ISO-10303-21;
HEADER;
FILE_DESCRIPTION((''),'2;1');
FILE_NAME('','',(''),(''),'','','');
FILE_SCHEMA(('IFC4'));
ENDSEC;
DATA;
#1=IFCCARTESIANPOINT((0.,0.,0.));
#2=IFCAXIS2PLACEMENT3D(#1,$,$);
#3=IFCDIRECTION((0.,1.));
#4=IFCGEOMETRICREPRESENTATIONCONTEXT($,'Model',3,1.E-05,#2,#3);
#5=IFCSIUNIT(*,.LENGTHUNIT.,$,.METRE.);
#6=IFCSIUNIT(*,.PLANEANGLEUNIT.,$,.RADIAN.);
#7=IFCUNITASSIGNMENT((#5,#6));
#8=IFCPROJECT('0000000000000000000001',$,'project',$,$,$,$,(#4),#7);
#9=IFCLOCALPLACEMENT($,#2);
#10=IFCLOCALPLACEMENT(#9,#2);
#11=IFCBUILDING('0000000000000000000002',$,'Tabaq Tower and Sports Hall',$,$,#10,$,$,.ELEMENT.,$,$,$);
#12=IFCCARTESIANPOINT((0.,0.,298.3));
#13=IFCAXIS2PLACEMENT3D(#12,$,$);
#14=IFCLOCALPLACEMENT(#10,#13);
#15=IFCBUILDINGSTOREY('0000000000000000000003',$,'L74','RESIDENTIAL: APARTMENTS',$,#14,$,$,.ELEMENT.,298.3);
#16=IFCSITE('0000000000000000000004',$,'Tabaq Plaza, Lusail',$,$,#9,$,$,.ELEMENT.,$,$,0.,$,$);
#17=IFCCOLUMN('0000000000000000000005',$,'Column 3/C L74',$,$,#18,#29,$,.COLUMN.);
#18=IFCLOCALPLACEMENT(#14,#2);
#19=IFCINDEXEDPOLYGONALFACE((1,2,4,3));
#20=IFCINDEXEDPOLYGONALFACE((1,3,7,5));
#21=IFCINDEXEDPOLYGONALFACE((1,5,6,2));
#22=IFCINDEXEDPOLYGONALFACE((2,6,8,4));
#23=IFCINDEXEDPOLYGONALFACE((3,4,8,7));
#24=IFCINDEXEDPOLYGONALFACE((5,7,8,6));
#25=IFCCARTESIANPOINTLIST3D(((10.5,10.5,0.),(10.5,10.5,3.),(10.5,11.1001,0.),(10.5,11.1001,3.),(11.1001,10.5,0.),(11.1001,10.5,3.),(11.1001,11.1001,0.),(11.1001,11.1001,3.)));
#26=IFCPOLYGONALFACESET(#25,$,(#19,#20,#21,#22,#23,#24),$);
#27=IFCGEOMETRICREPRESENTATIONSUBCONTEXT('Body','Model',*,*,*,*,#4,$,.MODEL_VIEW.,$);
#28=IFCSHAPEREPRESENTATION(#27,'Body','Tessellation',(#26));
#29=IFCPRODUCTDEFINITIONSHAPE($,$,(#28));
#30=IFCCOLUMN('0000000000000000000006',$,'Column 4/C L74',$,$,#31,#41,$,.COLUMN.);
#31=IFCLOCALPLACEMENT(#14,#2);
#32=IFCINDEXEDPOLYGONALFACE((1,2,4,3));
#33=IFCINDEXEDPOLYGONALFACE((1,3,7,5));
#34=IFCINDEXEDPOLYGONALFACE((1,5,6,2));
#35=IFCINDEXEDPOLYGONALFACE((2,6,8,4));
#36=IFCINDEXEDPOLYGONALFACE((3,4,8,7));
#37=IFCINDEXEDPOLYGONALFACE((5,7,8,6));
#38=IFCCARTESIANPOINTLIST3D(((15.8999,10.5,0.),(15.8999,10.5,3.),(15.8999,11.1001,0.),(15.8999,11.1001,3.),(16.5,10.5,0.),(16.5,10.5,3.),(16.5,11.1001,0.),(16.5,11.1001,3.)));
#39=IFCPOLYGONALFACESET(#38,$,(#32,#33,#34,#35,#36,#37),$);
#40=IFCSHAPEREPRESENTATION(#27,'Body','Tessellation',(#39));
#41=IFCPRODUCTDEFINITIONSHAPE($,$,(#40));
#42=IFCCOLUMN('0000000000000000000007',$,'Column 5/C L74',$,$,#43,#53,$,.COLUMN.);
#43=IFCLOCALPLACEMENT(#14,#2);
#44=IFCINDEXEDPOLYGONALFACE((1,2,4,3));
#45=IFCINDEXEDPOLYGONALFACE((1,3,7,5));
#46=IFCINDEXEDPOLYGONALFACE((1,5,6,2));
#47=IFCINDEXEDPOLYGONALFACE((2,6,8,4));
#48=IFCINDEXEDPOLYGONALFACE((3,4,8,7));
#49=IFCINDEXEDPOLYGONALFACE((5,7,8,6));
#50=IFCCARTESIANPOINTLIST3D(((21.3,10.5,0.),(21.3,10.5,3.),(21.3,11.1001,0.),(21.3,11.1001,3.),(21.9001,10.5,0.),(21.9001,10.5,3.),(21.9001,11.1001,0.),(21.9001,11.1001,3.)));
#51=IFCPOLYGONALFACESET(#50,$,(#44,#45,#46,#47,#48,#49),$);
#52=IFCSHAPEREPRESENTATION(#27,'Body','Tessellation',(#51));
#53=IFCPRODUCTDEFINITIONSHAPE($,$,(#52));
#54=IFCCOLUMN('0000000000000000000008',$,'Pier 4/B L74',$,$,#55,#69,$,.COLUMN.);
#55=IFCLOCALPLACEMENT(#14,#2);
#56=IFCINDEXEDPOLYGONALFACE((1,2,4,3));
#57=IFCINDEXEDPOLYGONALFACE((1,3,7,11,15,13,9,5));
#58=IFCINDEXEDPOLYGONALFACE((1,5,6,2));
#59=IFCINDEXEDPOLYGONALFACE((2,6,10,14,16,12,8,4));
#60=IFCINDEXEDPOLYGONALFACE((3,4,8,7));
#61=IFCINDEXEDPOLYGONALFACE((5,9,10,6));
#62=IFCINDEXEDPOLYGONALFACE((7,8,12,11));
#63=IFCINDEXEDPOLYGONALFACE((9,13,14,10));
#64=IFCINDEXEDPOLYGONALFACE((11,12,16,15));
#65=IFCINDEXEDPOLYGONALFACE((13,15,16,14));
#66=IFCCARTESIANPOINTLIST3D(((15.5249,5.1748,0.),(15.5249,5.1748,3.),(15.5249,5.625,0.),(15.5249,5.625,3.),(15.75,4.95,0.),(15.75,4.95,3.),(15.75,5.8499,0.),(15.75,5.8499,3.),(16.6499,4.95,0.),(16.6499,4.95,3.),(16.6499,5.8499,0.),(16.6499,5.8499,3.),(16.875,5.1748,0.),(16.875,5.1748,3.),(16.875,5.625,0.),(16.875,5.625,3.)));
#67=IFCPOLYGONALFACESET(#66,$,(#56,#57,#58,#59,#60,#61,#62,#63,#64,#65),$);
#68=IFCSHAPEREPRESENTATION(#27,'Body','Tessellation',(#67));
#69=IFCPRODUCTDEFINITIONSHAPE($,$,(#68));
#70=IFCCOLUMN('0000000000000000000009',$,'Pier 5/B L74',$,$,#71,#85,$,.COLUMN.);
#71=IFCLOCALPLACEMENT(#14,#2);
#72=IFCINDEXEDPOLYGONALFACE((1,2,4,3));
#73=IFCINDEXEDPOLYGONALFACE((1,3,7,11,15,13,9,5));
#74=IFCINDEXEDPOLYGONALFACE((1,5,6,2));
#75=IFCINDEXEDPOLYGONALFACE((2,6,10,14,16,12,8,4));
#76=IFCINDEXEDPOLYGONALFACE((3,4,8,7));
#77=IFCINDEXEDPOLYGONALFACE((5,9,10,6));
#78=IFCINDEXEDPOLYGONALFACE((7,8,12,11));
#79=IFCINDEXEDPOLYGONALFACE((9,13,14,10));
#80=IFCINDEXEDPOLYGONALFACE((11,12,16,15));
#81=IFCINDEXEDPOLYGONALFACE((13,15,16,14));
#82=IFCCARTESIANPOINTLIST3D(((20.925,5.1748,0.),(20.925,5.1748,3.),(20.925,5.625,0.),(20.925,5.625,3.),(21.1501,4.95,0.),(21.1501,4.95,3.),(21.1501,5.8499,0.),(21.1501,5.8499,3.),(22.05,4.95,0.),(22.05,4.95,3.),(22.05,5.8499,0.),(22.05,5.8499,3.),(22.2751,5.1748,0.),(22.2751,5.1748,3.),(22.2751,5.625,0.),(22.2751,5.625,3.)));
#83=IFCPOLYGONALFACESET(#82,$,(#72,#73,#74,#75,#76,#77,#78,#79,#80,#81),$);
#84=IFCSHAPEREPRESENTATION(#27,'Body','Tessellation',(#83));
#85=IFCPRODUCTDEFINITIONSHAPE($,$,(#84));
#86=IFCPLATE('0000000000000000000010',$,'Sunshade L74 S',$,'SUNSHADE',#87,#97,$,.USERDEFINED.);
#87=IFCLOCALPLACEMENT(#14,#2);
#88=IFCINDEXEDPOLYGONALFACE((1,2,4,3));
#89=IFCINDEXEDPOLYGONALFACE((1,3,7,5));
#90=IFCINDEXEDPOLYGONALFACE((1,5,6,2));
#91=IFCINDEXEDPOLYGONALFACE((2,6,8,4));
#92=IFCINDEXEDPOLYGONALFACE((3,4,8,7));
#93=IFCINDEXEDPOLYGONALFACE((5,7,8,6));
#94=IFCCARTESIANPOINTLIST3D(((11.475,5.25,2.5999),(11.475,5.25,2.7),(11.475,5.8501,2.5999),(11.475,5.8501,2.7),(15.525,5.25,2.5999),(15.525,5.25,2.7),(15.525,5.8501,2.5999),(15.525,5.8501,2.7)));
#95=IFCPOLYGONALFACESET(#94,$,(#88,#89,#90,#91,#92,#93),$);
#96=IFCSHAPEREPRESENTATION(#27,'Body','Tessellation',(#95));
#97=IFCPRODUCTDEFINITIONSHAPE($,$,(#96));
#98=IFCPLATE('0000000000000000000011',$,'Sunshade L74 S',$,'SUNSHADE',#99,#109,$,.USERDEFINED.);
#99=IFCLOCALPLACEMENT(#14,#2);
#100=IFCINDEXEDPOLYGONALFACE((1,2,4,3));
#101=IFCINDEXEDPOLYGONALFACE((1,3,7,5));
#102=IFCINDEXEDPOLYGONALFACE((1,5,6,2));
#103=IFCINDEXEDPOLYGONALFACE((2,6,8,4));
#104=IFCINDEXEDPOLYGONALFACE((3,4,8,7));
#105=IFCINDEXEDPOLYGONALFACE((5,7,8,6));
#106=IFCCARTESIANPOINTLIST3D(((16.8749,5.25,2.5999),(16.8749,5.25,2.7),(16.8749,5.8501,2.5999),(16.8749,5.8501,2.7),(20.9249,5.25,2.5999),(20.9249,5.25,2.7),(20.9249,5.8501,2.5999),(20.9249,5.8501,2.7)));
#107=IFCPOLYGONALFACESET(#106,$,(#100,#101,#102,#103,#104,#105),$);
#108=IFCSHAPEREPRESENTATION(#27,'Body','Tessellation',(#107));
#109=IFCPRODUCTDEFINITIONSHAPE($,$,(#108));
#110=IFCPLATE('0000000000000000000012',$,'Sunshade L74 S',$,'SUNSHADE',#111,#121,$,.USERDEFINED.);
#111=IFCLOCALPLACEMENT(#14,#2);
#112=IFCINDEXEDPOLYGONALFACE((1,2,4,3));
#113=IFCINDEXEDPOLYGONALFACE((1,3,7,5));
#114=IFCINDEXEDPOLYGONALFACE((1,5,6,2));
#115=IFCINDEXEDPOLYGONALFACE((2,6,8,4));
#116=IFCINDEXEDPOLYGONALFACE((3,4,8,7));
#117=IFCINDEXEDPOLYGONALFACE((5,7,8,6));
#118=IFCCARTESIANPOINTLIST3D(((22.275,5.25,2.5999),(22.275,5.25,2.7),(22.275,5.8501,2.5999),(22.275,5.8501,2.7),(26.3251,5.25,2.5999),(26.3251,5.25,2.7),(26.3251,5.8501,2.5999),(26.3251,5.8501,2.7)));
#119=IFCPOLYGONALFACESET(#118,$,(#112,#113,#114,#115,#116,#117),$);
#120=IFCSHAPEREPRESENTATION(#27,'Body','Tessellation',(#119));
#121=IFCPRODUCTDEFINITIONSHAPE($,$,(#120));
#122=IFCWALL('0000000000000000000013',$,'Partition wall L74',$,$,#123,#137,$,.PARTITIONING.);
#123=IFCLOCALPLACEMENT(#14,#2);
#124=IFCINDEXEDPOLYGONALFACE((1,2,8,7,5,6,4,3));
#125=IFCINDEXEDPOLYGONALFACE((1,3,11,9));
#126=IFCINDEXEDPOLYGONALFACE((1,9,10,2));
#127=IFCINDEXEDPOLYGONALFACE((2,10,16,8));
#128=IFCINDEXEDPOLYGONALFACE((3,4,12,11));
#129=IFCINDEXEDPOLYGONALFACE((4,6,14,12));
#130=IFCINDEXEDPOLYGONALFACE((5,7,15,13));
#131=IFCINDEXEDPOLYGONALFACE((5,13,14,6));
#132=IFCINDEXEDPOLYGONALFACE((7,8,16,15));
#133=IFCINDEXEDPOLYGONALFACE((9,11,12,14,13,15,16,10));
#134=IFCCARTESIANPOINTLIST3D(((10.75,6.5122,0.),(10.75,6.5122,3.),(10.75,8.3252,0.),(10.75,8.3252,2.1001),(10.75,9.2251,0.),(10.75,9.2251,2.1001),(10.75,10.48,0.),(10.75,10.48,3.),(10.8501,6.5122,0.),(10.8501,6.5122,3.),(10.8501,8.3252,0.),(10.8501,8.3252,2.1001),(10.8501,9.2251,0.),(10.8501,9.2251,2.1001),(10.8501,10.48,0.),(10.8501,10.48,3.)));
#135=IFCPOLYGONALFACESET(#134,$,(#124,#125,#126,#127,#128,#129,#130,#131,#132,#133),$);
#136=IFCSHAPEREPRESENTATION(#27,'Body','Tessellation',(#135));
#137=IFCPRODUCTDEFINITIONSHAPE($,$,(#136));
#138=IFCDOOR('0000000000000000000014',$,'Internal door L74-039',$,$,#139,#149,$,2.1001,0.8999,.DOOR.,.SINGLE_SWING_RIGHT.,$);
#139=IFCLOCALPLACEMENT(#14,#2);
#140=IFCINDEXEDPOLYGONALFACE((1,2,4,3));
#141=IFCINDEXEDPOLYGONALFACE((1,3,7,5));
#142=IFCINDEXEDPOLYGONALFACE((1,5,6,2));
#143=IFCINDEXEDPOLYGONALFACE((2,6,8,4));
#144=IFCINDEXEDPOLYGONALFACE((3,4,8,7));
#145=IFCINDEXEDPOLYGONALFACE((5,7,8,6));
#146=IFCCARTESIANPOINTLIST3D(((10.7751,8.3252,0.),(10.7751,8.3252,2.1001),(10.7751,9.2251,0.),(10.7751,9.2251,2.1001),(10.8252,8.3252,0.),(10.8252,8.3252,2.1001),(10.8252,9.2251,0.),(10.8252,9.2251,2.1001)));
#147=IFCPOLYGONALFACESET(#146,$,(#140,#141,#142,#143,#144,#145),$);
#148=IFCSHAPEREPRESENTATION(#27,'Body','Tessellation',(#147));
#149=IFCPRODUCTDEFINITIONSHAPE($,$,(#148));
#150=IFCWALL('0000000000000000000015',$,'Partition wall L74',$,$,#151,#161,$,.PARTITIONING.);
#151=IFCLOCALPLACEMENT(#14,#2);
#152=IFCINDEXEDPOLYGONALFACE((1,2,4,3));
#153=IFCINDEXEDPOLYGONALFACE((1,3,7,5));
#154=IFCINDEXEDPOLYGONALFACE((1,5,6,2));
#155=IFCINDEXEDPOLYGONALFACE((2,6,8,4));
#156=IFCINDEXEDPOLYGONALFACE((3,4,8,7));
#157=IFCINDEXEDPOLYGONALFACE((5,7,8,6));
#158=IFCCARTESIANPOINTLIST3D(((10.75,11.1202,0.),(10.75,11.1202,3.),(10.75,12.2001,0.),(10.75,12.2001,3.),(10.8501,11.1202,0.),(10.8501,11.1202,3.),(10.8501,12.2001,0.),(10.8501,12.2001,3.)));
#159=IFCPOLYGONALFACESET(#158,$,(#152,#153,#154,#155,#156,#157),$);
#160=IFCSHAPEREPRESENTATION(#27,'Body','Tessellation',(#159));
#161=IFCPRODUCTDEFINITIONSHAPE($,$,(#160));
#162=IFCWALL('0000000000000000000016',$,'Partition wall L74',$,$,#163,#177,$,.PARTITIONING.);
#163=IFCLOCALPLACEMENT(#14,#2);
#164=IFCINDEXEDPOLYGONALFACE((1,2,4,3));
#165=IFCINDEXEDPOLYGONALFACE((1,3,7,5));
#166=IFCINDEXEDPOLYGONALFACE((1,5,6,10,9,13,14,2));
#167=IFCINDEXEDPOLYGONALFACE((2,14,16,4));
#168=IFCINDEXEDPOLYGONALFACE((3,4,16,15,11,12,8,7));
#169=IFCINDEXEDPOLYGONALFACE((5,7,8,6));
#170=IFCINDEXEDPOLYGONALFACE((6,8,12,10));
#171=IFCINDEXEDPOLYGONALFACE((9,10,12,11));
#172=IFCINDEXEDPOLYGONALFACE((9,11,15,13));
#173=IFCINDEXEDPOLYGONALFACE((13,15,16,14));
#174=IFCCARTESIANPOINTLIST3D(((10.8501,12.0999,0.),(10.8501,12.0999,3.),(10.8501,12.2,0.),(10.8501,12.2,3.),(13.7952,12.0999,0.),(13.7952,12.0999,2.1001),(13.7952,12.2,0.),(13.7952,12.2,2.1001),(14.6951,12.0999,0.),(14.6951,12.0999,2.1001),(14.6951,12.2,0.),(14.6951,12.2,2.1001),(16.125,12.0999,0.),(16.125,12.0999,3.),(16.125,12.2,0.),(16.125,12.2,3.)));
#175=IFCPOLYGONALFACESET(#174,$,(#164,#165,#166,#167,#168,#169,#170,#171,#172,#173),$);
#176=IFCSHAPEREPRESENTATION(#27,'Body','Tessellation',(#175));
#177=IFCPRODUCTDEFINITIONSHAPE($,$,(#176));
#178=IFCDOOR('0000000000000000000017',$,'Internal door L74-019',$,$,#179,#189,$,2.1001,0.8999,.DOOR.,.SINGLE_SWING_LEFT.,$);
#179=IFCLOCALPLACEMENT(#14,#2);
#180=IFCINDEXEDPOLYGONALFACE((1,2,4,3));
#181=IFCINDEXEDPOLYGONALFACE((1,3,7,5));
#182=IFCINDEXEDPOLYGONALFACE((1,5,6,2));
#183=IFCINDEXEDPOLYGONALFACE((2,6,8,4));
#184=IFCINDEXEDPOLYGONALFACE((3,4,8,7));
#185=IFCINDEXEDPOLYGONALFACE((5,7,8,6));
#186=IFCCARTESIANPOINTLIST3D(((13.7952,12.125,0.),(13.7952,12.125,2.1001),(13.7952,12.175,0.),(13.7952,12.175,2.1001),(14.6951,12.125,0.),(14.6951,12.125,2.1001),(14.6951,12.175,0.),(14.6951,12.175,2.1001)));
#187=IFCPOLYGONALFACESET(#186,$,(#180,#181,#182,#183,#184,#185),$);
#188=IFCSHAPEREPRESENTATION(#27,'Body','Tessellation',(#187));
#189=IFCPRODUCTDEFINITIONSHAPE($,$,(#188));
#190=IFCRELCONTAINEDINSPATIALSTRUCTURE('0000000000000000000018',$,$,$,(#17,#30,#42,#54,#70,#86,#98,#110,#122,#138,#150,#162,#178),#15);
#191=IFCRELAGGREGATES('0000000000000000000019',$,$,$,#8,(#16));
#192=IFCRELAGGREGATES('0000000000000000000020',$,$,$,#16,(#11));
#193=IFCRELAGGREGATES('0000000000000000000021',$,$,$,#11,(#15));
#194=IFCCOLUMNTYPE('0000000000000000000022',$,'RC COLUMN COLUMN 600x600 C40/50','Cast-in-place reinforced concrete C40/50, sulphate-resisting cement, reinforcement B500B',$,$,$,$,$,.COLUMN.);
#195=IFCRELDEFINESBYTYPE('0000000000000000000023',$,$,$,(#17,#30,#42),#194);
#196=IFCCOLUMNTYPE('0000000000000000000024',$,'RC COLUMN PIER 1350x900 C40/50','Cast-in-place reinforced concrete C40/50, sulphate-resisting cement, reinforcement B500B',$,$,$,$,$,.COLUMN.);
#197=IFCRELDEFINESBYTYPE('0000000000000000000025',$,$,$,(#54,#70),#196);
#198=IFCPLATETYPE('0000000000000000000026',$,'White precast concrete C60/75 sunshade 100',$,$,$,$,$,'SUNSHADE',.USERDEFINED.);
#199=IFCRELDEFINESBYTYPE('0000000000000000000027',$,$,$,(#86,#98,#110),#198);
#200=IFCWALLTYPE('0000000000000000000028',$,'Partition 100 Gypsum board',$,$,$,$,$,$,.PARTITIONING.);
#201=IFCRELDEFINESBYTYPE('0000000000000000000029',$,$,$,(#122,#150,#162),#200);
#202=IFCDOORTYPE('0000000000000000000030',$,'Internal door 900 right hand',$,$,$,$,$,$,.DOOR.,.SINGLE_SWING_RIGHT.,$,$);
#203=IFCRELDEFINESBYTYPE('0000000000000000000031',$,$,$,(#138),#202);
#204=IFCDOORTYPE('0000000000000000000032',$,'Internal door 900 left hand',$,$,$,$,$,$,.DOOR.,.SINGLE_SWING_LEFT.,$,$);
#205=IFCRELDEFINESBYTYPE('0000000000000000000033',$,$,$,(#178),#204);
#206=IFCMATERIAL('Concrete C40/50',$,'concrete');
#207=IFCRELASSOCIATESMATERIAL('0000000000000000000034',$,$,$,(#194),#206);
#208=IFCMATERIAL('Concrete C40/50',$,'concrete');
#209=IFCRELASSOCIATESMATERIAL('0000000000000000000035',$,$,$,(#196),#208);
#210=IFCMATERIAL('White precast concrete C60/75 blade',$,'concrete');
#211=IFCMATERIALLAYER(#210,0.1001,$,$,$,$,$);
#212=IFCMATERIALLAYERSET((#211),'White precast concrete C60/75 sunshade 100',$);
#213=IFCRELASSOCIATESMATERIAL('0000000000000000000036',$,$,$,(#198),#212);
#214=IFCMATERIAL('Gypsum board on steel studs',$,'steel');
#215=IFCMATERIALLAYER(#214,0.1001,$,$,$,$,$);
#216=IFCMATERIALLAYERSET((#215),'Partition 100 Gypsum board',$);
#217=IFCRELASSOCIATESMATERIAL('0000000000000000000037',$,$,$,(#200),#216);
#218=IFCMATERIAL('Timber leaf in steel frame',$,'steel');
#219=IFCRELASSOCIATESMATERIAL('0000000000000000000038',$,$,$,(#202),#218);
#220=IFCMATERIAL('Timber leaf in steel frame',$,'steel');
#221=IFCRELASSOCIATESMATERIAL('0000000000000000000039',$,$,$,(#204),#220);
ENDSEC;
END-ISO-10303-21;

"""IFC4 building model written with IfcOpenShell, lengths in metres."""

from ifc_helpers import new_model, si_unit, direction, frame, frame_2d, origin, origin_2d, place, context, subcontext, project, spatial, polyline, rectangle, outline, extrude, material, layer, layer_set, material_profile, profile_set, type_object, element, fill, save


model = new_model("IFC4")

# Units and contexts
model_context = context("Model", 3, precision=1e-05, world=origin(), true_north=direction((0.0, 1.0)))
body_context = subcontext(model_context, "Body", "Model", "MODEL_VIEW")
ifc_project = project(units=[si_unit("LENGTHUNIT", "METRE"), si_unit("PLANEANGLEUNIT", "RADIAN")], contexts=[model_context])

# Site, building, storey
site_placement = place(None, origin())
site = spatial("IfcSite", under=ifc_project, at=site_placement, Name="Tabaq Plaza, Lusail", CompositionType="ELEMENT", RefElevation=0.0)
building_placement = place(site_placement, origin())
building = spatial("IfcBuilding", under=site, at=building_placement, Name="Tabaq Tower and Sports Hall", CompositionType="ELEMENT")
storey_placement = place(building_placement, frame((0.0, 0.0, 298.3)))
storey = spatial("IfcBuildingStorey", under=building, at=storey_placement, Name="L74", Description="RESIDENTIAL: APARTMENTS", CompositionType="ELEMENT", Elevation=298.3)

# Columns
ifc_material_1 = material(Name="Concrete C40/50", Category="concrete")
ifc_material_profile_1 = material_profile(ifc_material_1, rectangle(XDim=0.6001, YDim=0.6001, at=origin_2d()), Name="COLUMN 600x600")
ifc_profile_set_1 = profile_set([ifc_material_profile_1], Name="Concrete C40/50")
column_type_1 = type_object("IfcColumnType", Name="RC COLUMN COLUMN 600x600 C40/50", Description="Cast-in-place reinforced concrete C40/50, sulphate-resisting cement, reinforcement B500B", PredefinedType="COLUMN", material=ifc_profile_set_1)
for number, where, z_axis, x_axis, name in (
    (1, (10.8, 10.8, 0.0), (0.0, 0.0, 1.0), (1.0, 0.0, 0.0), "Column 3/C L74"),
    (2, (16.2, 10.8, 0.0), (0.0, 0.0, 1.0), (1.0, 0.0, 0.0), "Column 4/C L74"),
    (3, (21.6001, 10.8, 0.0), (0.0, 0.0, 1.0), (1.0, 0.0, 0.0), "Column 5/C L74"),
):
    element("IfcColumn", number, at=place(storey_placement, frame(where, z_axis=z_axis, x_axis=x_axis)), inside=storey, type_object=column_type_1, Name=name, PredefinedType="COLUMN", context=body_context, shape_type="SweptSolid", body=[
        extrude(rectangle(XDim=0.6001, YDim=0.6001, at=origin_2d()), origin(), (0.0, 0.0, 1.0), 3.0),
    ])
ifc_material_2 = material(Name="Concrete C40/50", Category="concrete")
ifc_material_profile_2 = material_profile(ifc_material_2, outline(polyline([(-0.45, -0.45), (0.45, -0.45), (0.675, -0.2251), (0.675, 0.2251), (0.45, 0.45), (-0.45, 0.45), (-0.675, 0.2251), (-0.675, -0.2251), (-0.45, -0.45)])), Name="PIER 1350x900")
ifc_profile_set_2 = profile_set([ifc_material_profile_2], Name="Concrete C40/50")
column_type_2 = type_object("IfcColumnType", Name="RC COLUMN PIER 1350x900 C40/50", Description="Cast-in-place reinforced concrete C40/50, sulphate-resisting cement, reinforcement B500B", PredefinedType="COLUMN", material=ifc_profile_set_2)
for number, where, z_axis, x_axis, name in (
    (4, (16.2, 5.3999, 0.0), (0.0, 0.0, 1.0), (1.0, 0.0, 0.0), "Pier 4/B L74"),
    (5, (21.6001, 5.3999, 0.0), (0.0, 0.0, 1.0), (1.0, 0.0, 0.0), "Pier 5/B L74"),
):
    element("IfcColumn", number, at=place(storey_placement, frame(where, z_axis=z_axis, x_axis=x_axis)), inside=storey, type_object=column_type_2, Name=name, PredefinedType="COLUMN", context=body_context, shape_type="SweptSolid", body=[
        extrude(outline(polyline([(-0.45, -0.45), (0.45, -0.45), (0.675, -0.2251), (0.675, 0.2251), (0.45, 0.45), (-0.45, 0.45), (-0.675, 0.2251), (-0.675, -0.2251), (-0.45, -0.45)])), origin(), (0.0, 0.0, 1.0), 3.0),
    ])

# Plates
ifc_material_3 = material(Name="White precast concrete C60/75 blade", Category="concrete")
ifc_layer_1 = layer(ifc_material_3, 0.1001)
ifc_layer_set_1 = layer_set([ifc_layer_1], Name="White precast concrete C60/75 sunshade 100")
plate_type = type_object("IfcPlateType", Name="White precast concrete C60/75 sunshade 100", ElementType="SUNSHADE", PredefinedType="USERDEFINED", material=ifc_layer_set_1)
for number, where, z_axis, x_axis, name in (
    (6, (13.5, 5.55, 2.5999), (0.0, 0.0, 1.0), (1.0, 0.0, 0.0), "Sunshade L74 S"),
    (7, (18.8999, 5.55, 2.5999), (0.0, 0.0, 1.0), (1.0, 0.0, 0.0), "Sunshade L74 S"),
    (8, (24.3, 5.55, 2.5999), (0.0, 0.0, 1.0), (1.0, 0.0, 0.0), "Sunshade L74 S"),
):
    element("IfcPlate", number, at=place(storey_placement, frame(where, z_axis=z_axis, x_axis=x_axis)), inside=storey, type_object=plate_type, Name=name, ObjectType="SUNSHADE", PredefinedType="USERDEFINED", context=body_context, shape_type="SweptSolid", body=[
        extrude(rectangle(XDim=4.05, YDim=0.6001, at=origin_2d()), origin(), (0.0, 0.0, 1.0), 0.1001),
    ])

# Wall, opening, door
ifc_material_4 = material(Name="Gypsum board on steel studs", Category="steel")
ifc_layer_2 = layer(ifc_material_4, 0.1001)
ifc_layer_set_2 = layer_set([ifc_layer_2], Name="Partition 100 Gypsum board")
wall_type_1 = type_object("IfcWallType", Name="Partition 100 Gypsum board", PredefinedType="PARTITIONING", material=ifc_layer_set_2)
wall_1_placement = place(storey_placement, frame((10.8, 6.5122, 0.0), z_axis=(0.0, 0.0, 1.0), x_axis=(0.0, 1.0, 0.0)))
wall_1 = element("IfcWall", 9, at=wall_1_placement, inside=storey, type_object=wall_type_1, Name="Partition wall L74", PredefinedType="PARTITIONING", context=body_context, shape_type="SweptSolid", body=[
    extrude(rectangle(XDim=3.9678, YDim=0.1001, at=frame_2d((1.9839, 0.0))), origin(), (0.0, 0.0, 1.0), 3.0),
])
opening_1_placement = place(wall_1_placement, frame((1.813, 0.0, 0.0)))
opening_1 = element("IfcOpeningElement", 10, at=opening_1_placement, cuts=wall_1, PredefinedType="OPENING", context=body_context, shape_type="SweptSolid", body=[
    extrude(rectangle(XDim=0.8999, YDim=2.1001, at=frame_2d((0.45, 1.05))), frame((0.0, 0.05, 0.0), z_axis=(0.0, -1.0, 0.0), x_axis=(1.0, 0.0, 0.0)), (0.0, 0.0, 1.0), 0.1001),
])
ifc_material_5 = material(Name="Timber leaf in steel frame", Category="steel")
door_type_1 = type_object("IfcDoorType", Name="Internal door 900 right hand", OperationType="SINGLE_SWING_RIGHT", PredefinedType="DOOR", material=ifc_material_5)
door_1_placement = place(opening_1_placement, origin())
door_1 = element("IfcDoor", 11, at=door_1_placement, inside=storey, type_object=door_type_1, Name="Internal door L74-039", OperationType="SINGLE_SWING_RIGHT", OverallHeight=2.1001, OverallWidth=0.8999, PredefinedType="DOOR", context=body_context, shape_type="SweptSolid", body=[
    extrude(rectangle(XDim=0.8999, YDim=2.1001, at=frame_2d((0.45, 1.05))), frame((0.0, 0.0249, 0.0), z_axis=(0.0, -1.0, 0.0), x_axis=(1.0, 0.0, 0.0)), (0.0, 0.0, 1.0), 0.05),
])
fill(opening_1, door_1)

# Wall
wall_2_placement = place(storey_placement, frame((10.8, 11.1201, 0.0), z_axis=(0.0, 0.0, 1.0), x_axis=(0.0, 1.0, 0.0)))
element("IfcWall", 12, at=wall_2_placement, inside=storey, type_object=wall_type_1, Name="Partition wall L74", PredefinedType="PARTITIONING", context=body_context, shape_type="SweptSolid", body=[
    extrude(rectangle(XDim=1.0798, YDim=0.1001, at=frame_2d((0.54, 0.0))), origin(), (0.0, 0.0, 1.0), 3.0),
])

# Wall, opening, door
wall_3_placement = place(storey_placement, frame((16.125, 12.1499, 0.0), z_axis=(0.0, 0.0, 1.0), x_axis=(-1.0, 0.0, 0.0)))
wall_3 = element("IfcWall", 13, at=wall_3_placement, inside=storey, type_object=wall_type_1, Name="Partition wall L74", PredefinedType="PARTITIONING", context=body_context, shape_type="SweptSolid", body=[
    extrude(rectangle(XDim=5.2749, YDim=0.1001, at=frame_2d((2.6375, 0.0))), origin(), (0.0, 0.0, 1.0), 3.0),
])
opening_2_placement = place(wall_3_placement, frame((1.4299, 0.0, 0.0)))
opening_2 = element("IfcOpeningElement", 14, at=opening_2_placement, cuts=wall_3, PredefinedType="OPENING", context=body_context, shape_type="SweptSolid", body=[
    extrude(rectangle(XDim=0.8999, YDim=2.1001, at=frame_2d((0.45, 1.05))), frame((0.0, 0.05, 0.0), z_axis=(0.0, -1.0, 0.0), x_axis=(1.0, 0.0, 0.0)), (0.0, 0.0, 1.0), 0.1001),
])
ifc_material_6 = material(Name="Timber leaf in steel frame", Category="steel")
door_type_2 = type_object("IfcDoorType", Name="Internal door 900 left hand", OperationType="SINGLE_SWING_LEFT", PredefinedType="DOOR", material=ifc_material_6)
door_2_placement = place(opening_2_placement, origin())
door_2 = element("IfcDoor", 15, at=door_2_placement, inside=storey, type_object=door_type_2, Name="Internal door L74-019", OperationType="SINGLE_SWING_LEFT", OverallHeight=2.1001, OverallWidth=0.8999, PredefinedType="DOOR", context=body_context, shape_type="SweptSolid", body=[
    extrude(rectangle(XDim=0.8999, YDim=2.1001, at=frame_2d((0.45, 1.05))), frame((0.0, 0.0249, 0.0), z_axis=(0.0, -1.0, 0.0), x_axis=(1.0, 0.0, 0.0)), (0.0, 0.0, 1.0), 0.05),
])
fill(opening_2, door_2)

save(model, "model.ifc")
